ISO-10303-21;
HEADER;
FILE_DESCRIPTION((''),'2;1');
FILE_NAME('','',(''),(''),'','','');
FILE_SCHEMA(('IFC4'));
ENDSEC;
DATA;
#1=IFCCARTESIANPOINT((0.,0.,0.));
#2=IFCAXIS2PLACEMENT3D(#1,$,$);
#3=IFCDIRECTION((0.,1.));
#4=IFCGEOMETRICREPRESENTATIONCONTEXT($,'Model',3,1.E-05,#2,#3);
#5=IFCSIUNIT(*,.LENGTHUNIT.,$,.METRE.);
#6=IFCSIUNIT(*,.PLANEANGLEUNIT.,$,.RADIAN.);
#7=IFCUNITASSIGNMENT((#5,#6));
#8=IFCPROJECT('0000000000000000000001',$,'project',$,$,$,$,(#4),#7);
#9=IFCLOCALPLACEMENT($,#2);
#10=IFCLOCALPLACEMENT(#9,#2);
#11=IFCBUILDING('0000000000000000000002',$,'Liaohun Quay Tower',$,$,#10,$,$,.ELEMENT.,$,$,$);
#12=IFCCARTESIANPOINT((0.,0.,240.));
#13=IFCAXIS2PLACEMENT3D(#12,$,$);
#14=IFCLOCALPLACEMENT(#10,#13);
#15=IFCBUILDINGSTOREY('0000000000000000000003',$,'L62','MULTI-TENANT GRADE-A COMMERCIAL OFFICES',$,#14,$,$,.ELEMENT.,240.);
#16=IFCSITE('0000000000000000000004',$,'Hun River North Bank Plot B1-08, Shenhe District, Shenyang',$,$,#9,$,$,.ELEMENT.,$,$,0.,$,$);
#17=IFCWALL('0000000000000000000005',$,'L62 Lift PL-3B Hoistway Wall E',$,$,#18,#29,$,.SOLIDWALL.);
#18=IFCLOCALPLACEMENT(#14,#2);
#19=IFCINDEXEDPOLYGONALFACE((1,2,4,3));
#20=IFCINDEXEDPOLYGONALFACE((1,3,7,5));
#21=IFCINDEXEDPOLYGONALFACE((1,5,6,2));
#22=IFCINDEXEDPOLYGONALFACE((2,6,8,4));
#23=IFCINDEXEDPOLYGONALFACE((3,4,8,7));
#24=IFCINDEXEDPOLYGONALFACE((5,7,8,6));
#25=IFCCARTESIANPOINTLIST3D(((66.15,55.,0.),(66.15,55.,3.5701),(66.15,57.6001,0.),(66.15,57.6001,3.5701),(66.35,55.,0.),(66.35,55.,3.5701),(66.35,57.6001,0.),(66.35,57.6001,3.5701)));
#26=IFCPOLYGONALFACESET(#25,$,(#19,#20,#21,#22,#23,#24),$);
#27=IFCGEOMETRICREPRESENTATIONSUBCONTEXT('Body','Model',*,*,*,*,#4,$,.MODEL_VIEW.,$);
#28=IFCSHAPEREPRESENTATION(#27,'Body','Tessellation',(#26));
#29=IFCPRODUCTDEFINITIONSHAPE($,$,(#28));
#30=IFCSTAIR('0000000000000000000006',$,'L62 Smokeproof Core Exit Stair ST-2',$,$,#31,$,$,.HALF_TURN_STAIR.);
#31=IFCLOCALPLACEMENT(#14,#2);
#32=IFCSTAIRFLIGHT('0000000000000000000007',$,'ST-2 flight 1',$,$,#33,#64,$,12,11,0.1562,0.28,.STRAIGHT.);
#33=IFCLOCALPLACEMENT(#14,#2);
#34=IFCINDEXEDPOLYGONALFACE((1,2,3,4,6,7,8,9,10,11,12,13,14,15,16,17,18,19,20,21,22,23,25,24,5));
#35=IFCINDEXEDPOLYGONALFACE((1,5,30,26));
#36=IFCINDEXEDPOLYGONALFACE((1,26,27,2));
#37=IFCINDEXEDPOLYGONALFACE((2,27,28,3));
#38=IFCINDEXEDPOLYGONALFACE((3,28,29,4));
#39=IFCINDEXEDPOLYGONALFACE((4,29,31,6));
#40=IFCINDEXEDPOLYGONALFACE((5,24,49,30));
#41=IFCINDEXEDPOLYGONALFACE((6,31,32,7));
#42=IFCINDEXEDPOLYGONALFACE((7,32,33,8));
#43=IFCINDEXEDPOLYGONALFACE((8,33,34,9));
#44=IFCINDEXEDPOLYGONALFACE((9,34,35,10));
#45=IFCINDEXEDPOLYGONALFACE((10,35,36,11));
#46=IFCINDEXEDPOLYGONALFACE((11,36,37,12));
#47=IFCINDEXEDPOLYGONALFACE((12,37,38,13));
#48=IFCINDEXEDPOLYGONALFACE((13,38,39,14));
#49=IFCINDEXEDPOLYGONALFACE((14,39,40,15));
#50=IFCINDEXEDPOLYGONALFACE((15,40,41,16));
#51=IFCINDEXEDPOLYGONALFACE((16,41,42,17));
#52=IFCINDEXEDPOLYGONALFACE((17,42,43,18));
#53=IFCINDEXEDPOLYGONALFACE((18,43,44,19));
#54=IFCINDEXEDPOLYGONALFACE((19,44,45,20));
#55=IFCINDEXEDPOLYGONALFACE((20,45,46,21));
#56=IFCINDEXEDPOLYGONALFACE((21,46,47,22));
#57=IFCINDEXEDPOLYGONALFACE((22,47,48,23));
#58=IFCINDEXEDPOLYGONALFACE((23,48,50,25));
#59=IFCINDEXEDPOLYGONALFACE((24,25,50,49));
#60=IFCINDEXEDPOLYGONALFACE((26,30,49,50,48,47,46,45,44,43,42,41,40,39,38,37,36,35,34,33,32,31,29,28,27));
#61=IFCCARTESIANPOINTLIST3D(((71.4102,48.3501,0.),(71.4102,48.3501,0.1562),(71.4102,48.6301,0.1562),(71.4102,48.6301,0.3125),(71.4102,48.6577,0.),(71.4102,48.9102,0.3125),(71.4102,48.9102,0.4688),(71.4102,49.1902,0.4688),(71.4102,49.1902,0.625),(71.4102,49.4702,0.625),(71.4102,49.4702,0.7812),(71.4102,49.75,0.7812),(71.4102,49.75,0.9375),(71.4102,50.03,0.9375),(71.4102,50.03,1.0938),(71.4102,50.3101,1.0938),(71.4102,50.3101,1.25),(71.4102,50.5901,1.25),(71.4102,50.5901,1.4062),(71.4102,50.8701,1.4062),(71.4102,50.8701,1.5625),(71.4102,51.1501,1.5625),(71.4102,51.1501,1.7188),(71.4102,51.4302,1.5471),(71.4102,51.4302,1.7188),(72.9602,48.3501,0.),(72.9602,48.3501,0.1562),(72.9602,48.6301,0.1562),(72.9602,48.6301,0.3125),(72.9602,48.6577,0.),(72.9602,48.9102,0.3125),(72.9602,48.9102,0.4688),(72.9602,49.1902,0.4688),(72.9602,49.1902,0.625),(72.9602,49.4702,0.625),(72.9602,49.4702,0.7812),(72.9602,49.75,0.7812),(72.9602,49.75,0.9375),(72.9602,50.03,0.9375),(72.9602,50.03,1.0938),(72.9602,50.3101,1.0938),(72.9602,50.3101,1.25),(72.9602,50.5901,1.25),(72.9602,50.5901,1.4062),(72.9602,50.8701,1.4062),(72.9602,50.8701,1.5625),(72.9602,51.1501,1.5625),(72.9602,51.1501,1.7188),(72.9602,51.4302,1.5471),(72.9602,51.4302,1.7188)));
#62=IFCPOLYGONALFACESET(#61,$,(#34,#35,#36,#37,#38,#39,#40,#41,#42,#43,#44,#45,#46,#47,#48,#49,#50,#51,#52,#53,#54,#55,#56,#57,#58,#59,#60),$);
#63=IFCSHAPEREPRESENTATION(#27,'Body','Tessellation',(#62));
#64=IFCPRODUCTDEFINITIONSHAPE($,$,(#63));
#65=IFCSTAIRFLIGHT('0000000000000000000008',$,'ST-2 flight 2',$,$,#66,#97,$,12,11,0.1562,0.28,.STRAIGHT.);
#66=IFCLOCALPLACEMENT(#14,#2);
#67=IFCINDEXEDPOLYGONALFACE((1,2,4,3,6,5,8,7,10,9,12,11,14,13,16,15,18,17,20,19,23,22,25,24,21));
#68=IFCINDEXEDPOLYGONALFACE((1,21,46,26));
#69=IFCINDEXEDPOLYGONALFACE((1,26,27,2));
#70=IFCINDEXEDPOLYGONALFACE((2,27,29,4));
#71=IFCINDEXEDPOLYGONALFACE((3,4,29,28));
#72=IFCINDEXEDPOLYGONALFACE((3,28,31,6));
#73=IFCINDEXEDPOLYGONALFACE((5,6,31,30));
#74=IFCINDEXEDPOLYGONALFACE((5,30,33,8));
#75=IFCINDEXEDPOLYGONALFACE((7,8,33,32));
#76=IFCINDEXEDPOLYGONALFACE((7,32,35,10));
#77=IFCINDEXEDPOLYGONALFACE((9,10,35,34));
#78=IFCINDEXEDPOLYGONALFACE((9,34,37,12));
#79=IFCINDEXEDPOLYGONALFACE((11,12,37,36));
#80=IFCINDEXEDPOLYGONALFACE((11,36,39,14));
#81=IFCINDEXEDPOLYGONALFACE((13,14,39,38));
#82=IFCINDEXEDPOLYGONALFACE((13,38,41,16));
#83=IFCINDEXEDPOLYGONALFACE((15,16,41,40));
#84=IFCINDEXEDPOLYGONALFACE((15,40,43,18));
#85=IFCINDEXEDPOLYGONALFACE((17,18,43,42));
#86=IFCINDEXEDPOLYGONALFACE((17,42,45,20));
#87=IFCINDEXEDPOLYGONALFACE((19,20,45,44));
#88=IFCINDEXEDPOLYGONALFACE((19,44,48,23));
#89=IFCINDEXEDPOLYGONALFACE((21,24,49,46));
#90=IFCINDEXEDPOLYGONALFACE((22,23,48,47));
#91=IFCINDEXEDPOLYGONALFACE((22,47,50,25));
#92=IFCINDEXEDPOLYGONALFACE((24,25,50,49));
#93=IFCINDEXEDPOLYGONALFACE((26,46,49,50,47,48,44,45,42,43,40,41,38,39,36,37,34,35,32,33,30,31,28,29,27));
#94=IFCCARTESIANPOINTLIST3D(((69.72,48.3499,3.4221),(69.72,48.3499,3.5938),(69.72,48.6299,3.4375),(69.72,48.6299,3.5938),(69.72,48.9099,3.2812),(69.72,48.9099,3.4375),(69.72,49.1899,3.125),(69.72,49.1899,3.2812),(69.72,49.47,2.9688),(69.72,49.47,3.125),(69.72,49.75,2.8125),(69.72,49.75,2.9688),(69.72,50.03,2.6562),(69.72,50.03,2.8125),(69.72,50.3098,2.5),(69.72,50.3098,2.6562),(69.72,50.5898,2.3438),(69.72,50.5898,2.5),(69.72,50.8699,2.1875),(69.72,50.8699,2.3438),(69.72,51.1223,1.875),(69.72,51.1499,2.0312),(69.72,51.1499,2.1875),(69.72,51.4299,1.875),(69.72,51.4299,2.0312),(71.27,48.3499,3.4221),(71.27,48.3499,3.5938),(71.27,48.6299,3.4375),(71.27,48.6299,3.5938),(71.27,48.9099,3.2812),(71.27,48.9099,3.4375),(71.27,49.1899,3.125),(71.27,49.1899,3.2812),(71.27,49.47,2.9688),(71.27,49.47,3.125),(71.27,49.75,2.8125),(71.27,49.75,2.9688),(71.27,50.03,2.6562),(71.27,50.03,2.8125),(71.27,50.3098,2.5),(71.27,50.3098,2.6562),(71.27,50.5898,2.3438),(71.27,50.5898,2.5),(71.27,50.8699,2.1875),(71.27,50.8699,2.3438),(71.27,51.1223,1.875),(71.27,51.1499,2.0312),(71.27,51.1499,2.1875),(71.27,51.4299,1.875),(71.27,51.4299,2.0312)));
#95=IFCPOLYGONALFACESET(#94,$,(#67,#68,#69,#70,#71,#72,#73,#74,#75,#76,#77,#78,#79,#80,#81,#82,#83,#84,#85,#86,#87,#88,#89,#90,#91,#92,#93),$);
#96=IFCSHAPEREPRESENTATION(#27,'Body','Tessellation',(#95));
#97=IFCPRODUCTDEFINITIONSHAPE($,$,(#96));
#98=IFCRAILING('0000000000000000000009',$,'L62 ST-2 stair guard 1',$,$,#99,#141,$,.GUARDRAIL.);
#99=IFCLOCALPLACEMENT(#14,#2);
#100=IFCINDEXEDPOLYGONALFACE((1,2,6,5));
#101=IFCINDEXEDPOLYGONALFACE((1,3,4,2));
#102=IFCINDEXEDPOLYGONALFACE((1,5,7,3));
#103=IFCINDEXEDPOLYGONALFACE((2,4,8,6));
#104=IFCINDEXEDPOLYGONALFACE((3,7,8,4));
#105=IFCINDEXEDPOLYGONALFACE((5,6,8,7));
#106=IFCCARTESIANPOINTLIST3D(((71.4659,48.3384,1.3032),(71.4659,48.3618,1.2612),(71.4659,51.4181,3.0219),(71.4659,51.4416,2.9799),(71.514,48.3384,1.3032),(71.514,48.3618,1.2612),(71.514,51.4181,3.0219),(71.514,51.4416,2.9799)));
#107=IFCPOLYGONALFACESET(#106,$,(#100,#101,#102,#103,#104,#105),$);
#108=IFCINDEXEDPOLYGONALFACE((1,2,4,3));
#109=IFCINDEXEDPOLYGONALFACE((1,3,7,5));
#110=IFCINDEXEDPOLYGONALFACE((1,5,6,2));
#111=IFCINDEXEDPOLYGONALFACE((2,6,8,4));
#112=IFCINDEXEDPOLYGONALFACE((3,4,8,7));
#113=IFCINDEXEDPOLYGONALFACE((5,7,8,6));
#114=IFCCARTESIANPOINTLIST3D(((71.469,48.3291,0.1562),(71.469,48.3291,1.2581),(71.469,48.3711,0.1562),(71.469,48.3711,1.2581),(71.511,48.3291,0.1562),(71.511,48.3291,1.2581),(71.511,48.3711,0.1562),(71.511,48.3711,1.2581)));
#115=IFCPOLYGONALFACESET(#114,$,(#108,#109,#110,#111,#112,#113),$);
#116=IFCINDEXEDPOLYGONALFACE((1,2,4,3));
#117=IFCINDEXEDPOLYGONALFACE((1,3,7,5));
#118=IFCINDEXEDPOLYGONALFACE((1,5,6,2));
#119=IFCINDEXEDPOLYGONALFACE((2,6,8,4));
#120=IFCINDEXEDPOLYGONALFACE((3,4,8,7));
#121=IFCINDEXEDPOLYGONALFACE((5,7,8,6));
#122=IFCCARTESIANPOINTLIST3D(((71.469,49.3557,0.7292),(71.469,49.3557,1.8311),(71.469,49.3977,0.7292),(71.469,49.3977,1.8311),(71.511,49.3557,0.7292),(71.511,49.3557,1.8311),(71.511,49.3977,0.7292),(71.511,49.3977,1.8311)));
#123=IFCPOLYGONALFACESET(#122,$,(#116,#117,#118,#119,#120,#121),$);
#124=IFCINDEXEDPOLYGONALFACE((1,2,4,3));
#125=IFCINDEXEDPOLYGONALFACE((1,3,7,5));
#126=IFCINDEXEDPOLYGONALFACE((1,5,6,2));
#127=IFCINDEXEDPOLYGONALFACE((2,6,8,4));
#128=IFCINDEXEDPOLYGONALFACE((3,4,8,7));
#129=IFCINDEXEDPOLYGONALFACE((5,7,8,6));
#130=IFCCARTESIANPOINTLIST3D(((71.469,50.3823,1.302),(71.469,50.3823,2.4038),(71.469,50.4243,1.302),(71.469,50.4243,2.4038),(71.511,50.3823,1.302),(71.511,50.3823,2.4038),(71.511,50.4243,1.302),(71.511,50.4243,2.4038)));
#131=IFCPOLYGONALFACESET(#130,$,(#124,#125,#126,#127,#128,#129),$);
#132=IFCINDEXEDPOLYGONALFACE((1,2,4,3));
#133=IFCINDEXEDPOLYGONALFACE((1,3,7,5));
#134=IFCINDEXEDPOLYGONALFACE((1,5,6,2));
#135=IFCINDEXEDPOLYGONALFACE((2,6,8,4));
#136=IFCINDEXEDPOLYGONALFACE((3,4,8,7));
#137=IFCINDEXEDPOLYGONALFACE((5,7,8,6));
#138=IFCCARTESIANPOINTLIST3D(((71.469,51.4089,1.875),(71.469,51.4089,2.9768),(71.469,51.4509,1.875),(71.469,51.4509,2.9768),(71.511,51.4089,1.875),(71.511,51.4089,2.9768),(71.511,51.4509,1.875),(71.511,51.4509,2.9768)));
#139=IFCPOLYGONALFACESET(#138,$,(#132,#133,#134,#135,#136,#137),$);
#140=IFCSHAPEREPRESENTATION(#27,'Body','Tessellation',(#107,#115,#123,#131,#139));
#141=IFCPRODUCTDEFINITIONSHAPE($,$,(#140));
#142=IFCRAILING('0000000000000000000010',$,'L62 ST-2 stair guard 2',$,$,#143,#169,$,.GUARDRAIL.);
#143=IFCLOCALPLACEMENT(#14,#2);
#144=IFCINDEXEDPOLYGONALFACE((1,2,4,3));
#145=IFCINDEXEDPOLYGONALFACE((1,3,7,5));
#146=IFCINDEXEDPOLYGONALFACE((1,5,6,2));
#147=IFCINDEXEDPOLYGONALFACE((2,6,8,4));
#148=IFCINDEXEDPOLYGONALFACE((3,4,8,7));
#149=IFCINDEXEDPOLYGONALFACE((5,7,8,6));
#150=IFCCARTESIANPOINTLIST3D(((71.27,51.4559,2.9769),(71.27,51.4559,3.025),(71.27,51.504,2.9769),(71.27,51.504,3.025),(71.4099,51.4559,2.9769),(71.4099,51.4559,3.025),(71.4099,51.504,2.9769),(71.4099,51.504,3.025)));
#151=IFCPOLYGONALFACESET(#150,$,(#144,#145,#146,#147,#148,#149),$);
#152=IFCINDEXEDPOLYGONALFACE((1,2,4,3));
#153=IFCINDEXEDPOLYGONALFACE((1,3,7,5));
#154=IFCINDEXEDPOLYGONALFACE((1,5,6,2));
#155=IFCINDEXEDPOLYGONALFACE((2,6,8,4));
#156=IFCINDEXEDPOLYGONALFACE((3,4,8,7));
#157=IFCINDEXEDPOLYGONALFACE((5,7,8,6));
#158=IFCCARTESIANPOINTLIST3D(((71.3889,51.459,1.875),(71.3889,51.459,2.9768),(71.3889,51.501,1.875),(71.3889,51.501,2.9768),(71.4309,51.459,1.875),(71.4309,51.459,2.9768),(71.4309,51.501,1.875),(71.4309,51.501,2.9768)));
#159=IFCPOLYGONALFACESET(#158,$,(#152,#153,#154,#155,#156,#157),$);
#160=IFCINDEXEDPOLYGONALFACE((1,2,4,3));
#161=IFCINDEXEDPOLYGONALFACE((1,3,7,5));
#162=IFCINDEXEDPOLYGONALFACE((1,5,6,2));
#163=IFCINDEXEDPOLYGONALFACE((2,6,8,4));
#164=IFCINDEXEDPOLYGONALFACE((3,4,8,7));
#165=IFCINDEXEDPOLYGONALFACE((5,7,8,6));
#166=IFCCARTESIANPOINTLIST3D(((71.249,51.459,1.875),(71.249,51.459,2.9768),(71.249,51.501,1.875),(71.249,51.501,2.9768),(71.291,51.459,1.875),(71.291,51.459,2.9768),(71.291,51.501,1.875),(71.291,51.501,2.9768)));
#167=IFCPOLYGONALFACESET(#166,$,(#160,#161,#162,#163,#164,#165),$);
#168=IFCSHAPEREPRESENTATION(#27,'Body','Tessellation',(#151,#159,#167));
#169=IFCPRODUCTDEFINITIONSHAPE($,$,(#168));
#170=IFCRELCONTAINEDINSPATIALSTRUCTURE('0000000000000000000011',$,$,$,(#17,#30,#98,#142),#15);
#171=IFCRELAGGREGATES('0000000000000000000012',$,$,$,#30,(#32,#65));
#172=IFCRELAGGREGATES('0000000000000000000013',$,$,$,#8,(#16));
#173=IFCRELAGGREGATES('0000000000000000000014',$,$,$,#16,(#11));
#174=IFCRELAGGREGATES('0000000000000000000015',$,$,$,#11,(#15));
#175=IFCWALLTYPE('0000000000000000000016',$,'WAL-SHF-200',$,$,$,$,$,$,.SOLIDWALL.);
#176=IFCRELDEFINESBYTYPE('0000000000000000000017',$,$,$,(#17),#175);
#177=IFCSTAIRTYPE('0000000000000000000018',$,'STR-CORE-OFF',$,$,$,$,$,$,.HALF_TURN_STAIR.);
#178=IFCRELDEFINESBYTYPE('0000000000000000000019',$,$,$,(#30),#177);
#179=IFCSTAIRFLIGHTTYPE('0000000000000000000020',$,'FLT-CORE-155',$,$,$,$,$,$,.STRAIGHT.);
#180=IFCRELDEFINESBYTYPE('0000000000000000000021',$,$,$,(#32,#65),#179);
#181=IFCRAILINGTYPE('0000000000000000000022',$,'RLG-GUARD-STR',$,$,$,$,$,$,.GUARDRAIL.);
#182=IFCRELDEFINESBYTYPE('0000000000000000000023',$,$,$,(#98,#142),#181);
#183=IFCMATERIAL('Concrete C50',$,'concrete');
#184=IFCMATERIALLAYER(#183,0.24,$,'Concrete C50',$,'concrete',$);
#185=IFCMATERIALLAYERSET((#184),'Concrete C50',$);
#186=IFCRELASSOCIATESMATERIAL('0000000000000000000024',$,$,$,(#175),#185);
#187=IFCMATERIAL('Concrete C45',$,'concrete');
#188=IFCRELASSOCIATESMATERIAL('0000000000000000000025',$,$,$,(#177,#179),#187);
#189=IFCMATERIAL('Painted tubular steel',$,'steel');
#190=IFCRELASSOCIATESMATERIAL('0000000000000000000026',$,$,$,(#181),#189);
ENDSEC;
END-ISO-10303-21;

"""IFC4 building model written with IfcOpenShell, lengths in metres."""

from ifc_helpers import new_model, si_unit, direction, frame, frame_2d, origin, origin_2d, place, context, subcontext, project, spatial, polyline, rectangle, outline, extrude, material, layer, layer_set, type_object, element, aggregate, save


model = new_model("IFC4")

# Units and contexts
model_context = context("Model", 3, precision=1e-05, world=origin(), true_north=direction((0.0, 1.0)))
body_context = subcontext(model_context, "Body", "Model", "MODEL_VIEW")
ifc_project = project(units=[si_unit("LENGTHUNIT", "METRE"), si_unit("PLANEANGLEUNIT", "RADIAN")], contexts=[model_context])

# Site, building, storey
site_placement = place(None, origin())
site = spatial("IfcSite", under=ifc_project, at=site_placement, Name="Hun River North Bank Plot B1-08, Shenhe District, Shenyang", CompositionType="ELEMENT", RefElevation=0.0)
building_placement = place(site_placement, origin())
building = spatial("IfcBuilding", under=site, at=building_placement, Name="Liaohun Quay Tower", CompositionType="ELEMENT")
storey_placement = place(building_placement, frame((0.0, 0.0, 240.0)))
storey = spatial("IfcBuildingStorey", under=building, at=storey_placement, Name="L62", Description="MULTI-TENANT GRADE-A COMMERCIAL OFFICES", CompositionType="ELEMENT", Elevation=240.0)

# Shared definitions
ifc_material_1 = material(Name="Concrete C50", Category="concrete")
ifc_layer_1 = layer(ifc_material_1, 0.24, Name="Concrete C50", Category="concrete")
ifc_layer_set_1 = layer_set([ifc_layer_1], Name="Concrete C50")
wall_type_1 = type_object("IfcWallType", Name="WAL-SHF-200", PredefinedType="SOLIDWALL", material=ifc_layer_set_1)

# Wall
wall_1_placement = place(storey_placement, frame((66.25, 55.0, 0.0), z_axis=(0.0, 0.0, 1.0), x_axis=(0.0, 1.0, 0.0)))
element("IfcWall", 1, at=wall_1_placement, inside=storey, type_object=wall_type_1, Name="L62 Lift PL-3B Hoistway Wall E", PredefinedType="SOLIDWALL", context=body_context, shape_type="SweptSolid", body=[
    extrude(rectangle(XDim=2.6001, YDim=0.2, at=frame_2d((1.3, 0.0))), origin(), (0.0, 0.0, 1.0), 3.5701),
])

# Stair, stair flights
ifc_material_2 = material(Name="Concrete C45", Category="concrete")
stair_type = type_object("IfcStairType", Name="STR-CORE-OFF", PredefinedType="HALF_TURN_STAIR", material=ifc_material_2)
stair_placement = place(storey_placement, origin())
stair = element("IfcStair", 2, at=stair_placement, inside=storey, type_object=stair_type, Name="L62 Smokeproof Core Exit Stair ST-2", PredefinedType="HALF_TURN_STAIR")
stair_flight_type = type_object("IfcStairFlightType", Name="FLT-CORE-155", PredefinedType="STRAIGHT", material=ifc_material_2)
stair_flight_1_placement = place(storey_placement, frame((72.1851, 48.3501, 0.0), z_axis=(0.0, 0.0, 1.0), x_axis=(0.0, 1.0, 0.0)))
stair_flight_1 = element("IfcStairFlight", 3, at=stair_flight_1_placement, type_object=stair_flight_type, Name="ST-2 flight 1", NumberOfRisers=12, NumberOfTreads=11, PredefinedType="STRAIGHT", RiserHeight=0.1562, TreadLength=0.28, context=body_context, shape_type="SweptSolid", body=[
    extrude(outline(polyline([(0.0, 0.0), (0.0, 0.1562), (0.28, 0.1562), (0.28, 0.3125), (0.5601, 0.3125), (0.5601, 0.4688), (0.8401, 0.4688), (0.8401, 0.625), (1.1201, 0.625), (1.1201, 0.7812), (1.3999, 0.7812), (1.3999, 0.9375), (1.6799, 0.9375), (1.6799, 1.0938), (1.96, 1.0938), (1.96, 1.25), (2.24, 1.25), (2.24, 1.4062), (2.52, 1.4062), (2.52, 1.5625), (2.8, 1.5625), (2.8, 1.7188), (3.0801, 1.7188), (3.0801, 1.875), (3.0801, 1.5471), (0.3076, 0.0), (0.0, 0.0)])), frame((0.0, 0.7749, 0.0), z_axis=(0.0, -1.0, 0.0), x_axis=(1.0, 0.0, 0.0)), (0.0, 0.0, 1.0), 1.55),
])
stair_flight_2_placement = place(storey_placement, frame((70.4951, 51.4299, 1.875), z_axis=(0.0, 0.0, 1.0), x_axis=(0.0, -1.0, 0.0)))
stair_flight_2 = element("IfcStairFlight", 4, at=stair_flight_2_placement, type_object=stair_flight_type, Name="ST-2 flight 2", NumberOfRisers=12, NumberOfTreads=11, PredefinedType="STRAIGHT", RiserHeight=0.1562, TreadLength=0.28, context=body_context, shape_type="SweptSolid", body=[
    extrude(outline(polyline([(0.0, 0.0), (0.0, 0.1562), (0.28, 0.1562), (0.28, 0.3125), (0.5601, 0.3125), (0.5601, 0.4688), (0.8401, 0.4688), (0.8401, 0.625), (1.1201, 0.625), (1.1201, 0.7812), (1.3999, 0.7812), (1.3999, 0.9375), (1.6799, 0.9375), (1.6799, 1.0938), (1.96, 1.0938), (1.96, 1.25), (2.24, 1.25), (2.24, 1.4062), (2.52, 1.4062), (2.52, 1.5625), (2.8, 1.5625), (2.8, 1.7188), (3.0801, 1.7188), (3.0801, 1.875), (3.0801, 1.5471), (0.3076, 0.0), (0.0, 0.0)])), frame((0.0, 0.7749, 0.0), z_axis=(0.0, -1.0, 0.0), x_axis=(1.0, 0.0, 0.0)), (0.0, 0.0, 1.0), 1.55),
])
aggregate(stair, [stair_flight_1, stair_flight_2])

# Railings
ifc_material_3 = material(Name="Painted tubular steel", Category="steel")
railing_type_1 = type_object("IfcRailingType", Name="RLG-GUARD-STR", PredefinedType="GUARDRAIL", material=ifc_material_3)
railing_1_placement = place(storey_placement, frame((71.49, 48.3501, 0.1562)))
element("IfcRailing", 5, at=railing_1_placement, inside=storey, type_object=railing_type_1, Name="L62 ST-2 stair guard 1", PredefinedType="GUARDRAIL", context=body_context, shape_type="SweptSolid", body=[
    extrude(rectangle(XDim=0.0481, YDim=0.0481, at=origin_2d()), frame((0.0, 0.0, 1.126), z_axis=(0.0, 0.873225, 0.487317), x_axis=(-1.0, 0.0, 0.0)), (0.0, 0.0, 1.0), 3.5269),
    extrude(rectangle(XDim=0.042, YDim=0.042, at=origin_2d()), origin(), (0.0, 0.0, 1.0), 1.1018),
    extrude(rectangle(XDim=0.042, YDim=0.042, at=origin_2d()), frame((0.0, 1.0266, 0.573)), (0.0, 0.0, 1.0), 1.1018),
    extrude(rectangle(XDim=0.042, YDim=0.042, at=origin_2d()), frame((0.0, 2.0532, 1.1458)), (0.0, 0.0, 1.0), 1.1018),
    extrude(rectangle(XDim=0.042, YDim=0.042, at=origin_2d()), frame((0.0, 3.0798, 1.7188)), (0.0, 0.0, 1.0), 1.1018),
])
railing_2_placement = place(storey_placement, frame((71.4099, 51.48, 1.875)))
element("IfcRailing", 6, at=railing_2_placement, inside=storey, type_object=railing_type_1, Name="L62 ST-2 stair guard 2", PredefinedType="GUARDRAIL", context=body_context, shape_type="SweptSolid", body=[
    extrude(rectangle(XDim=0.0481, YDim=0.0481, at=origin_2d()), frame((0.0, 0.0, 1.126), z_axis=(-1.0, 0.0, 0.0), x_axis=(0.0, -1.0, 0.0)), (0.0, 0.0, 1.0), 0.1399),
    extrude(rectangle(XDim=0.042, YDim=0.042, at=origin_2d()), origin(), (0.0, 0.0, 1.0), 1.1018),
    extrude(rectangle(XDim=0.042, YDim=0.042, at=origin_2d()), frame((-0.1399, 0.0, 0.0)), (0.0, 0.0, 1.0), 1.1018),
])

save(model, "model.ifc")
